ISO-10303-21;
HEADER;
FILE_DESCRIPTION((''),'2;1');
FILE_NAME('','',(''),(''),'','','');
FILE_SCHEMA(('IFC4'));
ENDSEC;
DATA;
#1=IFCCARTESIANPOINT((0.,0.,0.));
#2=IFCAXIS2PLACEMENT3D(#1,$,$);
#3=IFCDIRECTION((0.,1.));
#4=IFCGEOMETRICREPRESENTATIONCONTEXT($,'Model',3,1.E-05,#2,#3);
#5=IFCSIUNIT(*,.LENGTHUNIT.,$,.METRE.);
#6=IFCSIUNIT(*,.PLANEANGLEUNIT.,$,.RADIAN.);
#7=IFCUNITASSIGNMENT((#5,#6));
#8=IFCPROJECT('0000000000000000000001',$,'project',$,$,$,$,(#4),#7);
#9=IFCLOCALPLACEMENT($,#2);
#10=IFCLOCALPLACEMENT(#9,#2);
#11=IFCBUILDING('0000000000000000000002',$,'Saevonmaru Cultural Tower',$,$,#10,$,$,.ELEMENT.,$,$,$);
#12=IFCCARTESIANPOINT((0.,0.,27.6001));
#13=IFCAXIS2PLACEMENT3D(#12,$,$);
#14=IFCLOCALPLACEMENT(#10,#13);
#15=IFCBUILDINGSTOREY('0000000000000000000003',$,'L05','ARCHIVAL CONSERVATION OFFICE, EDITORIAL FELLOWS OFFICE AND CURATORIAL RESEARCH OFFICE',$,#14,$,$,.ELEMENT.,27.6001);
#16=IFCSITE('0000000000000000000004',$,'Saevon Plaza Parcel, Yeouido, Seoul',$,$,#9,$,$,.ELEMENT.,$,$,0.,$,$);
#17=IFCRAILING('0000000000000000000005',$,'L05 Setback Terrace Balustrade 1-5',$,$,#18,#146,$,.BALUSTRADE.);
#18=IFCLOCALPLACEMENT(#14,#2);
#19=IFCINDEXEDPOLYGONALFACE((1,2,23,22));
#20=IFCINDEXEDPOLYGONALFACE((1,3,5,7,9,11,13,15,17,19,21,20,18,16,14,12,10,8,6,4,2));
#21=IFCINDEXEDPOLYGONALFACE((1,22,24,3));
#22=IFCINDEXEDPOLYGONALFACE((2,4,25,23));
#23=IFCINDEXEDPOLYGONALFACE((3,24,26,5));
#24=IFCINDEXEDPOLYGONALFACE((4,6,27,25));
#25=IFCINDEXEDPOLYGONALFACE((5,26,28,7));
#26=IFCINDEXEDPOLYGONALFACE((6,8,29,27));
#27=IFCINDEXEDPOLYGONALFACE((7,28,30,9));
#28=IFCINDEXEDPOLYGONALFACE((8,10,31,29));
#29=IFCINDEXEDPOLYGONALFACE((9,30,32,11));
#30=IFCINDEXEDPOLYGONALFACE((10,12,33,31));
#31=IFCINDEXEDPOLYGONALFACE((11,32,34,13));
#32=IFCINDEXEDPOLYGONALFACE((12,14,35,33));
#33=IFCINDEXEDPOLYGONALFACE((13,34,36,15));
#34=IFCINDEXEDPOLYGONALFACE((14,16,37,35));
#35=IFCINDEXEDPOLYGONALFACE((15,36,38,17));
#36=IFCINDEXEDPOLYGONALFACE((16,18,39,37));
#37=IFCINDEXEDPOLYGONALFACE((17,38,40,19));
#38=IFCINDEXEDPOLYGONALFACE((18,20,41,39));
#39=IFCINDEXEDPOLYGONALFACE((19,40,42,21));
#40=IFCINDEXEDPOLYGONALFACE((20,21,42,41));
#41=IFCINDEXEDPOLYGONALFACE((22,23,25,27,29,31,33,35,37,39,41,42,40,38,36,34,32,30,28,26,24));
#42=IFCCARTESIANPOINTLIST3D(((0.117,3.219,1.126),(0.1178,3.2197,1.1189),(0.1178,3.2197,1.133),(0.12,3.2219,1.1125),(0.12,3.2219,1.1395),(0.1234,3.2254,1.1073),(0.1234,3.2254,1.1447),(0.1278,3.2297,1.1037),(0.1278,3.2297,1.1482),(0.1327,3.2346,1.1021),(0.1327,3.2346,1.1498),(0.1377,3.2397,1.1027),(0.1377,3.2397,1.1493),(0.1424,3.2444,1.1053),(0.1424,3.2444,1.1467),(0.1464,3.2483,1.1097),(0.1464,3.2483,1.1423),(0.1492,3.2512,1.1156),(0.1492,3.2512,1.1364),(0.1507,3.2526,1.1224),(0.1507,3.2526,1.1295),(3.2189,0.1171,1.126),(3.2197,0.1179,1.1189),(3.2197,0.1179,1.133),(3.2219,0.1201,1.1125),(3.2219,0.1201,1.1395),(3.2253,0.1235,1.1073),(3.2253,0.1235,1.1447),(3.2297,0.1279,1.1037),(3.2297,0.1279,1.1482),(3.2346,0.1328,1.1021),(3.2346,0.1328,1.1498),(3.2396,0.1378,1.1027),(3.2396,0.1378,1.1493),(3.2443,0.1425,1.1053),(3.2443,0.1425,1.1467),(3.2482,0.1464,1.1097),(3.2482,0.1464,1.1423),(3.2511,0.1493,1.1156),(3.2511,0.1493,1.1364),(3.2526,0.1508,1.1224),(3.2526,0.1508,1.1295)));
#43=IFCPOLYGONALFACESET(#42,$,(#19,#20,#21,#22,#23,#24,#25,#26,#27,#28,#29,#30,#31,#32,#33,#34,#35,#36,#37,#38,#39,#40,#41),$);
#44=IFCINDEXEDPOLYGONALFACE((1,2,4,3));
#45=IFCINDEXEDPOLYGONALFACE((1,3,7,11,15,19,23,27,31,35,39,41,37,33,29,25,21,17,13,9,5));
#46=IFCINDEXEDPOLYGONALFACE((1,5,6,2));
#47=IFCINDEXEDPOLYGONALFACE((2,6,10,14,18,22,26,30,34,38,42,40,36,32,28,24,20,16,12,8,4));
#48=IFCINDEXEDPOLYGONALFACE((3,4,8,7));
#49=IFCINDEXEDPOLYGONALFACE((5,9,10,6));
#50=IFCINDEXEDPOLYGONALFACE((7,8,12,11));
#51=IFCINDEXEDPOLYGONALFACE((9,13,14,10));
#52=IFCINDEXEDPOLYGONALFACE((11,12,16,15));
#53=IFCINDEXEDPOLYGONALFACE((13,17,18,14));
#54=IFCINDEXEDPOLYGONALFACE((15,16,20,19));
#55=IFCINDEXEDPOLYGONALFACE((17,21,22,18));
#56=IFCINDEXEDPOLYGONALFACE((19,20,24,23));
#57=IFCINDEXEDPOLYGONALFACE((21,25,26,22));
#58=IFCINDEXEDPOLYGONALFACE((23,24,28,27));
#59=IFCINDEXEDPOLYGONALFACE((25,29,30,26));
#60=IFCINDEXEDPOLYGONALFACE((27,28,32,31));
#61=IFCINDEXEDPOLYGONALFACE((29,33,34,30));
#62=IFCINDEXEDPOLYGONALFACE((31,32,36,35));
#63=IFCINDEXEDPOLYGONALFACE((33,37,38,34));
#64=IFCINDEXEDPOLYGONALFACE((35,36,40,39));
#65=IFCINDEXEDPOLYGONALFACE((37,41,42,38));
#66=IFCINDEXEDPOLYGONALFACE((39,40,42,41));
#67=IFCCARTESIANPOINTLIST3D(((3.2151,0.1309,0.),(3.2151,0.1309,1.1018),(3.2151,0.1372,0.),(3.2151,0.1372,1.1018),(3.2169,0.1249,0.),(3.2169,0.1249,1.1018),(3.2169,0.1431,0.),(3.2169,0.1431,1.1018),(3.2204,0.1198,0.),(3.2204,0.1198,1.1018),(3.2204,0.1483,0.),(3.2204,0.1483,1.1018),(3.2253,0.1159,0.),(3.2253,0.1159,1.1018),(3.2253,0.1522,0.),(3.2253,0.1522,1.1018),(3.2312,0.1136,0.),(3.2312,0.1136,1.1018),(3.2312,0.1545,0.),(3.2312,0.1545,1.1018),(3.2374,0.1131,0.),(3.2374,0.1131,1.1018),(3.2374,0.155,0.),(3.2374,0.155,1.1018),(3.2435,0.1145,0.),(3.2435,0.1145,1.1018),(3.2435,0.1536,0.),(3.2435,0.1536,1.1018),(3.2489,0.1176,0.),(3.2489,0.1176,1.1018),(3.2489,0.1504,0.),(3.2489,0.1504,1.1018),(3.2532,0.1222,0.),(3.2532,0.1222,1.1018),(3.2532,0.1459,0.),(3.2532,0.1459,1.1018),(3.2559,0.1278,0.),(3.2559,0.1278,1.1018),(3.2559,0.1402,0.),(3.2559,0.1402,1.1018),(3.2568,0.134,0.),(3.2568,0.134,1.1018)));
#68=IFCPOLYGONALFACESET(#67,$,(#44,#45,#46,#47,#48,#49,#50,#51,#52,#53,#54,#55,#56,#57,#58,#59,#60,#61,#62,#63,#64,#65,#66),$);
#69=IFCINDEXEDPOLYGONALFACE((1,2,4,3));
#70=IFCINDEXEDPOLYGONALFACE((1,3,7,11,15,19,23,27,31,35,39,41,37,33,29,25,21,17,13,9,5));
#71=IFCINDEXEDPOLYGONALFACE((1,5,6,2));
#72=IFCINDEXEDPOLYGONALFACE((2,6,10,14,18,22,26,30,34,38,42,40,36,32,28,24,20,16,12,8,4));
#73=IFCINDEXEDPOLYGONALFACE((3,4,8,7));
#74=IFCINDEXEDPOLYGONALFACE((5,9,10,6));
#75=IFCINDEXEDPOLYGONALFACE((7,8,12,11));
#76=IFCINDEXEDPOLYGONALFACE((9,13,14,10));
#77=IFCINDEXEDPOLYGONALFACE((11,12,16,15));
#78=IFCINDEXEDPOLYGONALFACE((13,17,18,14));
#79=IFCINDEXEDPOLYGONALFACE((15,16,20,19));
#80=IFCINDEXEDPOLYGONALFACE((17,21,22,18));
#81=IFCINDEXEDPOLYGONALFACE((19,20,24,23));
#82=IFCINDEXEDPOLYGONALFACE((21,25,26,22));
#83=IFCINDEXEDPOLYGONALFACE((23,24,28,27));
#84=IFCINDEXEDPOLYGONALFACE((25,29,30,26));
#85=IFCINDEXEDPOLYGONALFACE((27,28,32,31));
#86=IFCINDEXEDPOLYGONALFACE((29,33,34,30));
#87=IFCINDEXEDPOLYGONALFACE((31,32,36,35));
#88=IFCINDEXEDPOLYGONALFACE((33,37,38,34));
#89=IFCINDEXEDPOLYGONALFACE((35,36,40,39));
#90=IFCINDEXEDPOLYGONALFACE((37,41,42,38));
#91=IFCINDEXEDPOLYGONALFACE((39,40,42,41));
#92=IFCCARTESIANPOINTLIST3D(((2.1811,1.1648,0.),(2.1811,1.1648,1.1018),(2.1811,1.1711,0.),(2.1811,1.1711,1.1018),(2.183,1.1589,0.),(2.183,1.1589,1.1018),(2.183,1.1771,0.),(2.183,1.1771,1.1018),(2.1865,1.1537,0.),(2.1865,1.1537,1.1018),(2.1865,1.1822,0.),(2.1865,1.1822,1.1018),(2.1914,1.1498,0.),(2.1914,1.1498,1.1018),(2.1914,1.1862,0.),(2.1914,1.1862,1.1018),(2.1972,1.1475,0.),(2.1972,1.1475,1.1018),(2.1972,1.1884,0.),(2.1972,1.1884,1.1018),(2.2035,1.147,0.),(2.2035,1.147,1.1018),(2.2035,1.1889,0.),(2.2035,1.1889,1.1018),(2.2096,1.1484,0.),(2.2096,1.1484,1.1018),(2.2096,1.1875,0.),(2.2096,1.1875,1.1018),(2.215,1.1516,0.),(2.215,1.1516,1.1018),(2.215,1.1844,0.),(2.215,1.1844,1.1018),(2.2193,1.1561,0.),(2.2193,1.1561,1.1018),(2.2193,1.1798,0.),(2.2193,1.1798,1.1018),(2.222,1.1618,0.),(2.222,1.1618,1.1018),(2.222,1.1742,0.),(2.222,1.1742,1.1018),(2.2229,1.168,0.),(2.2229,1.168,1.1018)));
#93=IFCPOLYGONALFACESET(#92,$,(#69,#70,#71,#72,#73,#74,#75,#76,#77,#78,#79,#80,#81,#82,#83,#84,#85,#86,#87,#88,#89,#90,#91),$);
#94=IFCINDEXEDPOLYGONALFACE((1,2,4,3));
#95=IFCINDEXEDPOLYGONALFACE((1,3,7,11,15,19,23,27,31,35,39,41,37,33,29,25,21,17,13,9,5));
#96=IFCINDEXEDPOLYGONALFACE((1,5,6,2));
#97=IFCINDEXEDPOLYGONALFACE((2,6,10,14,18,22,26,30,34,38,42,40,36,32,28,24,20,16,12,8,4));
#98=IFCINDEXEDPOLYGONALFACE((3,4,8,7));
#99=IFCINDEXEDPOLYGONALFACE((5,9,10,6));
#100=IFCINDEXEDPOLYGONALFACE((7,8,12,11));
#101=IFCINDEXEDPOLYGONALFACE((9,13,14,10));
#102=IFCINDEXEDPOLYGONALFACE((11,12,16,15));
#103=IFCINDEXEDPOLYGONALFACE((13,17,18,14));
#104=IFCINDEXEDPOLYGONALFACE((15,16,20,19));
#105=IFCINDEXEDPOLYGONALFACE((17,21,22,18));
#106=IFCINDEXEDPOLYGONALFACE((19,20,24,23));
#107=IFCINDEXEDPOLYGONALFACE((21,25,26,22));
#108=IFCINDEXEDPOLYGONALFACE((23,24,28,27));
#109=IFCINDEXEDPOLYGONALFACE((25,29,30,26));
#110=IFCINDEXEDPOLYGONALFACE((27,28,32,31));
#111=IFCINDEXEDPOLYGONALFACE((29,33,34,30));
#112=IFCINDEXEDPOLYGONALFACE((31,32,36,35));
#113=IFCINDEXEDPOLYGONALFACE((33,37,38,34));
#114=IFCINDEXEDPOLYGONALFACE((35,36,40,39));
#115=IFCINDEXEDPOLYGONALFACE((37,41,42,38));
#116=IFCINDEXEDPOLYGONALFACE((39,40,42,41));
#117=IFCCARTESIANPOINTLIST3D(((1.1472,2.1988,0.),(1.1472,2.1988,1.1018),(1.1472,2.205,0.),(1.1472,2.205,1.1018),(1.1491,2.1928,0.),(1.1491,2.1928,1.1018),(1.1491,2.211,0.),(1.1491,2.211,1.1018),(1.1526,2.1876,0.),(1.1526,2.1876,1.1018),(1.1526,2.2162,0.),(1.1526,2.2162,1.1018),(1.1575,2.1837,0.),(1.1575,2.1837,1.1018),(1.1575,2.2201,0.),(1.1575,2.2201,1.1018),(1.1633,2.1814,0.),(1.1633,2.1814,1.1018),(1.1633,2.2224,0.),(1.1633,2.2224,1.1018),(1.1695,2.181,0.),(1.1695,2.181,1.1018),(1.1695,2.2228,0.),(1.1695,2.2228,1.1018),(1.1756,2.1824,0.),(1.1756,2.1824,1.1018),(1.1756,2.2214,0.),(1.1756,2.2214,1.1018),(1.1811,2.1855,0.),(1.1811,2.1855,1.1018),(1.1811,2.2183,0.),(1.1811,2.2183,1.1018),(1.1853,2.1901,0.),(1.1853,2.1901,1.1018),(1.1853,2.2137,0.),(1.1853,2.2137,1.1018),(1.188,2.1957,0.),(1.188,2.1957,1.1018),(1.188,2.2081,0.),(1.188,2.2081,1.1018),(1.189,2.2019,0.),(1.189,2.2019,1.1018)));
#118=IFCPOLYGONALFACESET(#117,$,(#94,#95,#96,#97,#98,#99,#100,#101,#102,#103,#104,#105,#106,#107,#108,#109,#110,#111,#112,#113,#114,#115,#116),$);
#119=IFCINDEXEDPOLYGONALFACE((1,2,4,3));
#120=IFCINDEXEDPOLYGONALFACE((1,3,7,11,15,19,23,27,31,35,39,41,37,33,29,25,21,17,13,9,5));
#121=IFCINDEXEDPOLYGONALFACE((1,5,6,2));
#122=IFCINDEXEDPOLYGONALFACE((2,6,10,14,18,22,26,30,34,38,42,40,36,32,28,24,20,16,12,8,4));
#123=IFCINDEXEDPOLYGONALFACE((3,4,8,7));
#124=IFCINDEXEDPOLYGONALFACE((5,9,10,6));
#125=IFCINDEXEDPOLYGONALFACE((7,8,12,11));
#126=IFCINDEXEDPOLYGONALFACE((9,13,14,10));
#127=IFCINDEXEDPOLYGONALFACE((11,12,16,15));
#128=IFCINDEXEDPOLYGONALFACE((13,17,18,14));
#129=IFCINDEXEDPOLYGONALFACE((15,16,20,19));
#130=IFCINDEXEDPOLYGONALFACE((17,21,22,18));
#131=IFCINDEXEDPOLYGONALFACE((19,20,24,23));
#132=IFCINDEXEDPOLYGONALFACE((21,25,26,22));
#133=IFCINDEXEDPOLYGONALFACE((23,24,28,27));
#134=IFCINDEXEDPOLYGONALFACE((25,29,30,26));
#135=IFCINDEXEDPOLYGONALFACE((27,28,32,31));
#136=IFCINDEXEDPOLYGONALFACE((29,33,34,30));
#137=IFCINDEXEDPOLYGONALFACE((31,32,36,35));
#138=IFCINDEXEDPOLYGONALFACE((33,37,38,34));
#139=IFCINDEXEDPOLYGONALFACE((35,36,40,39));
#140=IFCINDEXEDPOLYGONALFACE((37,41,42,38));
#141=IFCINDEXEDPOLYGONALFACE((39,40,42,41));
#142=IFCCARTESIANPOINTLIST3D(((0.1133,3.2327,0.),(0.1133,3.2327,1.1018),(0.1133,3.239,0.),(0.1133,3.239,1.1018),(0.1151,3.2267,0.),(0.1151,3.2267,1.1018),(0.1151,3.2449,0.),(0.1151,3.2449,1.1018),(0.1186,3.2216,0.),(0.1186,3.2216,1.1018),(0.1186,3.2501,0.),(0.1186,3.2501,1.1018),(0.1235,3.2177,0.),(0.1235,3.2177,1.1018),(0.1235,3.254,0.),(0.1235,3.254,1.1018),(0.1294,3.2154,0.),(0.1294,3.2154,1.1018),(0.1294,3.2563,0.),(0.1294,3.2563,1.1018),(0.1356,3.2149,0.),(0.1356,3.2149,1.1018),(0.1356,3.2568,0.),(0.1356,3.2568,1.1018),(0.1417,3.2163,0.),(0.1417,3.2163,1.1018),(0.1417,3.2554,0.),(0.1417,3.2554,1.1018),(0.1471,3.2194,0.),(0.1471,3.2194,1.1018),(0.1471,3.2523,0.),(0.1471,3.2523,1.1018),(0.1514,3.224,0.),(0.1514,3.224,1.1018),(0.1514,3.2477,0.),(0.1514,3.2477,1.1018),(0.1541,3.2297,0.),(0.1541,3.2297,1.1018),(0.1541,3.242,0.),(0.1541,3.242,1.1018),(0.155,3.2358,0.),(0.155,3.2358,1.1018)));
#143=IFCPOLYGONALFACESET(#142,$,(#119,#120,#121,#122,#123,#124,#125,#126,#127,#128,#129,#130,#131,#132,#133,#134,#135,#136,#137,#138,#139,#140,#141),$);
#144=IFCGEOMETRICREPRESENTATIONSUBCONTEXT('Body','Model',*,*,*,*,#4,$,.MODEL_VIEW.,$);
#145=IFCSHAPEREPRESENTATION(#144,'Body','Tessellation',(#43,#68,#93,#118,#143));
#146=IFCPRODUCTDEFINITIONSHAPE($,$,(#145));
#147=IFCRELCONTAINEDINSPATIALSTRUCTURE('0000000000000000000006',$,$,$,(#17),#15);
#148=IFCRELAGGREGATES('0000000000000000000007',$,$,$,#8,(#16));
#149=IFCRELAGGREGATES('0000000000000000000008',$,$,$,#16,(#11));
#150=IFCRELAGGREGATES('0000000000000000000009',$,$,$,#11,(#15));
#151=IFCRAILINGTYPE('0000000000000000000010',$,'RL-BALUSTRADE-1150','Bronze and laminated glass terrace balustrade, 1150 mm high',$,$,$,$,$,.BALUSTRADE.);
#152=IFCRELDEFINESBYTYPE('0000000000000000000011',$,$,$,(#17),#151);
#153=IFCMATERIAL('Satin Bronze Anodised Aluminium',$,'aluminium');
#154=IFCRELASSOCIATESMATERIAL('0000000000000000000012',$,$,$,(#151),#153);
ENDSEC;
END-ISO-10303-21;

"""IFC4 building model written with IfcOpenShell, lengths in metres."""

from ifc_helpers import new_model, si_unit, direction, frame, origin, origin_2d, place, context, subcontext, project, spatial, circle, extrude, material, type_object, element, save


model = new_model("IFC4")

# Units and contexts
model_context = context("Model", 3, precision=1e-05, world=origin(), true_north=direction((0.0, 1.0)))
body_context = subcontext(model_context, "Body", "Model", "MODEL_VIEW")
ifc_project = project(units=[si_unit("LENGTHUNIT", "METRE"), si_unit("PLANEANGLEUNIT", "RADIAN")], contexts=[model_context])

# Site, building, storey
site_placement = place(None, origin())
site = spatial("IfcSite", under=ifc_project, at=site_placement, Name="Saevon Plaza Parcel, Yeouido, Seoul", CompositionType="ELEMENT", RefElevation=0.0)
building_placement = place(site_placement, origin())
building = spatial("IfcBuilding", under=site, at=building_placement, Name="Saevonmaru Cultural Tower", CompositionType="ELEMENT")
storey_placement = place(building_placement, frame((0.0, 0.0, 27.6001)))
storey = spatial("IfcBuildingStorey", under=building, at=storey_placement, Name="L05", Description="ARCHIVAL CONSERVATION OFFICE, EDITORIAL FELLOWS OFFICE AND CURATORIAL RESEARCH OFFICE", CompositionType="ELEMENT", Elevation=27.6001)

# Shared definitions
ifc_material_1 = material(Name="Satin Bronze Anodised Aluminium", Category="aluminium")

# Railing
railing_type = type_object("IfcRailingType", Name="RL-BALUSTRADE-1150", Description="Bronze and laminated glass terrace balustrade, 1150 mm high", PredefinedType="BALUSTRADE", material=ifc_material_1)
railing_1_placement = place(storey_placement, frame((3.2358, 0.134, 0.0)))
element("IfcRailing", 1, at=railing_1_placement, inside=storey, type_object=railing_type, Name="L05 Setback Terrace Balustrade 1-5", PredefinedType="BALUSTRADE", context=body_context, shape_type="SweptSolid", body=[
    extrude(circle(Radius=0.0239, at=origin_2d()), frame((0.0, 0.0, 1.126), z_axis=(-0.707107, 0.707107, 0.0), x_axis=(-0.707107, -0.707107, 0.0)), (0.0, 0.0, 1.0), 4.3867),
    extrude(circle(Radius=0.021, at=origin_2d()), origin(), (0.0, 0.0, 1.0), 1.1018),
    extrude(circle(Radius=0.021, at=origin_2d()), frame((-1.0339, 1.0339, 0.0)), (0.0, 0.0, 1.0), 1.1018),
    extrude(circle(Radius=0.021, at=origin_2d()), frame((-2.0679, 2.0679, 0.0)), (0.0, 0.0, 1.0), 1.1018),
    extrude(circle(Radius=0.021, at=origin_2d()), frame((-3.1018, 3.1018, 0.0)), (0.0, 0.0, 1.0), 1.1018),
])

save(model, "model.ifc")
